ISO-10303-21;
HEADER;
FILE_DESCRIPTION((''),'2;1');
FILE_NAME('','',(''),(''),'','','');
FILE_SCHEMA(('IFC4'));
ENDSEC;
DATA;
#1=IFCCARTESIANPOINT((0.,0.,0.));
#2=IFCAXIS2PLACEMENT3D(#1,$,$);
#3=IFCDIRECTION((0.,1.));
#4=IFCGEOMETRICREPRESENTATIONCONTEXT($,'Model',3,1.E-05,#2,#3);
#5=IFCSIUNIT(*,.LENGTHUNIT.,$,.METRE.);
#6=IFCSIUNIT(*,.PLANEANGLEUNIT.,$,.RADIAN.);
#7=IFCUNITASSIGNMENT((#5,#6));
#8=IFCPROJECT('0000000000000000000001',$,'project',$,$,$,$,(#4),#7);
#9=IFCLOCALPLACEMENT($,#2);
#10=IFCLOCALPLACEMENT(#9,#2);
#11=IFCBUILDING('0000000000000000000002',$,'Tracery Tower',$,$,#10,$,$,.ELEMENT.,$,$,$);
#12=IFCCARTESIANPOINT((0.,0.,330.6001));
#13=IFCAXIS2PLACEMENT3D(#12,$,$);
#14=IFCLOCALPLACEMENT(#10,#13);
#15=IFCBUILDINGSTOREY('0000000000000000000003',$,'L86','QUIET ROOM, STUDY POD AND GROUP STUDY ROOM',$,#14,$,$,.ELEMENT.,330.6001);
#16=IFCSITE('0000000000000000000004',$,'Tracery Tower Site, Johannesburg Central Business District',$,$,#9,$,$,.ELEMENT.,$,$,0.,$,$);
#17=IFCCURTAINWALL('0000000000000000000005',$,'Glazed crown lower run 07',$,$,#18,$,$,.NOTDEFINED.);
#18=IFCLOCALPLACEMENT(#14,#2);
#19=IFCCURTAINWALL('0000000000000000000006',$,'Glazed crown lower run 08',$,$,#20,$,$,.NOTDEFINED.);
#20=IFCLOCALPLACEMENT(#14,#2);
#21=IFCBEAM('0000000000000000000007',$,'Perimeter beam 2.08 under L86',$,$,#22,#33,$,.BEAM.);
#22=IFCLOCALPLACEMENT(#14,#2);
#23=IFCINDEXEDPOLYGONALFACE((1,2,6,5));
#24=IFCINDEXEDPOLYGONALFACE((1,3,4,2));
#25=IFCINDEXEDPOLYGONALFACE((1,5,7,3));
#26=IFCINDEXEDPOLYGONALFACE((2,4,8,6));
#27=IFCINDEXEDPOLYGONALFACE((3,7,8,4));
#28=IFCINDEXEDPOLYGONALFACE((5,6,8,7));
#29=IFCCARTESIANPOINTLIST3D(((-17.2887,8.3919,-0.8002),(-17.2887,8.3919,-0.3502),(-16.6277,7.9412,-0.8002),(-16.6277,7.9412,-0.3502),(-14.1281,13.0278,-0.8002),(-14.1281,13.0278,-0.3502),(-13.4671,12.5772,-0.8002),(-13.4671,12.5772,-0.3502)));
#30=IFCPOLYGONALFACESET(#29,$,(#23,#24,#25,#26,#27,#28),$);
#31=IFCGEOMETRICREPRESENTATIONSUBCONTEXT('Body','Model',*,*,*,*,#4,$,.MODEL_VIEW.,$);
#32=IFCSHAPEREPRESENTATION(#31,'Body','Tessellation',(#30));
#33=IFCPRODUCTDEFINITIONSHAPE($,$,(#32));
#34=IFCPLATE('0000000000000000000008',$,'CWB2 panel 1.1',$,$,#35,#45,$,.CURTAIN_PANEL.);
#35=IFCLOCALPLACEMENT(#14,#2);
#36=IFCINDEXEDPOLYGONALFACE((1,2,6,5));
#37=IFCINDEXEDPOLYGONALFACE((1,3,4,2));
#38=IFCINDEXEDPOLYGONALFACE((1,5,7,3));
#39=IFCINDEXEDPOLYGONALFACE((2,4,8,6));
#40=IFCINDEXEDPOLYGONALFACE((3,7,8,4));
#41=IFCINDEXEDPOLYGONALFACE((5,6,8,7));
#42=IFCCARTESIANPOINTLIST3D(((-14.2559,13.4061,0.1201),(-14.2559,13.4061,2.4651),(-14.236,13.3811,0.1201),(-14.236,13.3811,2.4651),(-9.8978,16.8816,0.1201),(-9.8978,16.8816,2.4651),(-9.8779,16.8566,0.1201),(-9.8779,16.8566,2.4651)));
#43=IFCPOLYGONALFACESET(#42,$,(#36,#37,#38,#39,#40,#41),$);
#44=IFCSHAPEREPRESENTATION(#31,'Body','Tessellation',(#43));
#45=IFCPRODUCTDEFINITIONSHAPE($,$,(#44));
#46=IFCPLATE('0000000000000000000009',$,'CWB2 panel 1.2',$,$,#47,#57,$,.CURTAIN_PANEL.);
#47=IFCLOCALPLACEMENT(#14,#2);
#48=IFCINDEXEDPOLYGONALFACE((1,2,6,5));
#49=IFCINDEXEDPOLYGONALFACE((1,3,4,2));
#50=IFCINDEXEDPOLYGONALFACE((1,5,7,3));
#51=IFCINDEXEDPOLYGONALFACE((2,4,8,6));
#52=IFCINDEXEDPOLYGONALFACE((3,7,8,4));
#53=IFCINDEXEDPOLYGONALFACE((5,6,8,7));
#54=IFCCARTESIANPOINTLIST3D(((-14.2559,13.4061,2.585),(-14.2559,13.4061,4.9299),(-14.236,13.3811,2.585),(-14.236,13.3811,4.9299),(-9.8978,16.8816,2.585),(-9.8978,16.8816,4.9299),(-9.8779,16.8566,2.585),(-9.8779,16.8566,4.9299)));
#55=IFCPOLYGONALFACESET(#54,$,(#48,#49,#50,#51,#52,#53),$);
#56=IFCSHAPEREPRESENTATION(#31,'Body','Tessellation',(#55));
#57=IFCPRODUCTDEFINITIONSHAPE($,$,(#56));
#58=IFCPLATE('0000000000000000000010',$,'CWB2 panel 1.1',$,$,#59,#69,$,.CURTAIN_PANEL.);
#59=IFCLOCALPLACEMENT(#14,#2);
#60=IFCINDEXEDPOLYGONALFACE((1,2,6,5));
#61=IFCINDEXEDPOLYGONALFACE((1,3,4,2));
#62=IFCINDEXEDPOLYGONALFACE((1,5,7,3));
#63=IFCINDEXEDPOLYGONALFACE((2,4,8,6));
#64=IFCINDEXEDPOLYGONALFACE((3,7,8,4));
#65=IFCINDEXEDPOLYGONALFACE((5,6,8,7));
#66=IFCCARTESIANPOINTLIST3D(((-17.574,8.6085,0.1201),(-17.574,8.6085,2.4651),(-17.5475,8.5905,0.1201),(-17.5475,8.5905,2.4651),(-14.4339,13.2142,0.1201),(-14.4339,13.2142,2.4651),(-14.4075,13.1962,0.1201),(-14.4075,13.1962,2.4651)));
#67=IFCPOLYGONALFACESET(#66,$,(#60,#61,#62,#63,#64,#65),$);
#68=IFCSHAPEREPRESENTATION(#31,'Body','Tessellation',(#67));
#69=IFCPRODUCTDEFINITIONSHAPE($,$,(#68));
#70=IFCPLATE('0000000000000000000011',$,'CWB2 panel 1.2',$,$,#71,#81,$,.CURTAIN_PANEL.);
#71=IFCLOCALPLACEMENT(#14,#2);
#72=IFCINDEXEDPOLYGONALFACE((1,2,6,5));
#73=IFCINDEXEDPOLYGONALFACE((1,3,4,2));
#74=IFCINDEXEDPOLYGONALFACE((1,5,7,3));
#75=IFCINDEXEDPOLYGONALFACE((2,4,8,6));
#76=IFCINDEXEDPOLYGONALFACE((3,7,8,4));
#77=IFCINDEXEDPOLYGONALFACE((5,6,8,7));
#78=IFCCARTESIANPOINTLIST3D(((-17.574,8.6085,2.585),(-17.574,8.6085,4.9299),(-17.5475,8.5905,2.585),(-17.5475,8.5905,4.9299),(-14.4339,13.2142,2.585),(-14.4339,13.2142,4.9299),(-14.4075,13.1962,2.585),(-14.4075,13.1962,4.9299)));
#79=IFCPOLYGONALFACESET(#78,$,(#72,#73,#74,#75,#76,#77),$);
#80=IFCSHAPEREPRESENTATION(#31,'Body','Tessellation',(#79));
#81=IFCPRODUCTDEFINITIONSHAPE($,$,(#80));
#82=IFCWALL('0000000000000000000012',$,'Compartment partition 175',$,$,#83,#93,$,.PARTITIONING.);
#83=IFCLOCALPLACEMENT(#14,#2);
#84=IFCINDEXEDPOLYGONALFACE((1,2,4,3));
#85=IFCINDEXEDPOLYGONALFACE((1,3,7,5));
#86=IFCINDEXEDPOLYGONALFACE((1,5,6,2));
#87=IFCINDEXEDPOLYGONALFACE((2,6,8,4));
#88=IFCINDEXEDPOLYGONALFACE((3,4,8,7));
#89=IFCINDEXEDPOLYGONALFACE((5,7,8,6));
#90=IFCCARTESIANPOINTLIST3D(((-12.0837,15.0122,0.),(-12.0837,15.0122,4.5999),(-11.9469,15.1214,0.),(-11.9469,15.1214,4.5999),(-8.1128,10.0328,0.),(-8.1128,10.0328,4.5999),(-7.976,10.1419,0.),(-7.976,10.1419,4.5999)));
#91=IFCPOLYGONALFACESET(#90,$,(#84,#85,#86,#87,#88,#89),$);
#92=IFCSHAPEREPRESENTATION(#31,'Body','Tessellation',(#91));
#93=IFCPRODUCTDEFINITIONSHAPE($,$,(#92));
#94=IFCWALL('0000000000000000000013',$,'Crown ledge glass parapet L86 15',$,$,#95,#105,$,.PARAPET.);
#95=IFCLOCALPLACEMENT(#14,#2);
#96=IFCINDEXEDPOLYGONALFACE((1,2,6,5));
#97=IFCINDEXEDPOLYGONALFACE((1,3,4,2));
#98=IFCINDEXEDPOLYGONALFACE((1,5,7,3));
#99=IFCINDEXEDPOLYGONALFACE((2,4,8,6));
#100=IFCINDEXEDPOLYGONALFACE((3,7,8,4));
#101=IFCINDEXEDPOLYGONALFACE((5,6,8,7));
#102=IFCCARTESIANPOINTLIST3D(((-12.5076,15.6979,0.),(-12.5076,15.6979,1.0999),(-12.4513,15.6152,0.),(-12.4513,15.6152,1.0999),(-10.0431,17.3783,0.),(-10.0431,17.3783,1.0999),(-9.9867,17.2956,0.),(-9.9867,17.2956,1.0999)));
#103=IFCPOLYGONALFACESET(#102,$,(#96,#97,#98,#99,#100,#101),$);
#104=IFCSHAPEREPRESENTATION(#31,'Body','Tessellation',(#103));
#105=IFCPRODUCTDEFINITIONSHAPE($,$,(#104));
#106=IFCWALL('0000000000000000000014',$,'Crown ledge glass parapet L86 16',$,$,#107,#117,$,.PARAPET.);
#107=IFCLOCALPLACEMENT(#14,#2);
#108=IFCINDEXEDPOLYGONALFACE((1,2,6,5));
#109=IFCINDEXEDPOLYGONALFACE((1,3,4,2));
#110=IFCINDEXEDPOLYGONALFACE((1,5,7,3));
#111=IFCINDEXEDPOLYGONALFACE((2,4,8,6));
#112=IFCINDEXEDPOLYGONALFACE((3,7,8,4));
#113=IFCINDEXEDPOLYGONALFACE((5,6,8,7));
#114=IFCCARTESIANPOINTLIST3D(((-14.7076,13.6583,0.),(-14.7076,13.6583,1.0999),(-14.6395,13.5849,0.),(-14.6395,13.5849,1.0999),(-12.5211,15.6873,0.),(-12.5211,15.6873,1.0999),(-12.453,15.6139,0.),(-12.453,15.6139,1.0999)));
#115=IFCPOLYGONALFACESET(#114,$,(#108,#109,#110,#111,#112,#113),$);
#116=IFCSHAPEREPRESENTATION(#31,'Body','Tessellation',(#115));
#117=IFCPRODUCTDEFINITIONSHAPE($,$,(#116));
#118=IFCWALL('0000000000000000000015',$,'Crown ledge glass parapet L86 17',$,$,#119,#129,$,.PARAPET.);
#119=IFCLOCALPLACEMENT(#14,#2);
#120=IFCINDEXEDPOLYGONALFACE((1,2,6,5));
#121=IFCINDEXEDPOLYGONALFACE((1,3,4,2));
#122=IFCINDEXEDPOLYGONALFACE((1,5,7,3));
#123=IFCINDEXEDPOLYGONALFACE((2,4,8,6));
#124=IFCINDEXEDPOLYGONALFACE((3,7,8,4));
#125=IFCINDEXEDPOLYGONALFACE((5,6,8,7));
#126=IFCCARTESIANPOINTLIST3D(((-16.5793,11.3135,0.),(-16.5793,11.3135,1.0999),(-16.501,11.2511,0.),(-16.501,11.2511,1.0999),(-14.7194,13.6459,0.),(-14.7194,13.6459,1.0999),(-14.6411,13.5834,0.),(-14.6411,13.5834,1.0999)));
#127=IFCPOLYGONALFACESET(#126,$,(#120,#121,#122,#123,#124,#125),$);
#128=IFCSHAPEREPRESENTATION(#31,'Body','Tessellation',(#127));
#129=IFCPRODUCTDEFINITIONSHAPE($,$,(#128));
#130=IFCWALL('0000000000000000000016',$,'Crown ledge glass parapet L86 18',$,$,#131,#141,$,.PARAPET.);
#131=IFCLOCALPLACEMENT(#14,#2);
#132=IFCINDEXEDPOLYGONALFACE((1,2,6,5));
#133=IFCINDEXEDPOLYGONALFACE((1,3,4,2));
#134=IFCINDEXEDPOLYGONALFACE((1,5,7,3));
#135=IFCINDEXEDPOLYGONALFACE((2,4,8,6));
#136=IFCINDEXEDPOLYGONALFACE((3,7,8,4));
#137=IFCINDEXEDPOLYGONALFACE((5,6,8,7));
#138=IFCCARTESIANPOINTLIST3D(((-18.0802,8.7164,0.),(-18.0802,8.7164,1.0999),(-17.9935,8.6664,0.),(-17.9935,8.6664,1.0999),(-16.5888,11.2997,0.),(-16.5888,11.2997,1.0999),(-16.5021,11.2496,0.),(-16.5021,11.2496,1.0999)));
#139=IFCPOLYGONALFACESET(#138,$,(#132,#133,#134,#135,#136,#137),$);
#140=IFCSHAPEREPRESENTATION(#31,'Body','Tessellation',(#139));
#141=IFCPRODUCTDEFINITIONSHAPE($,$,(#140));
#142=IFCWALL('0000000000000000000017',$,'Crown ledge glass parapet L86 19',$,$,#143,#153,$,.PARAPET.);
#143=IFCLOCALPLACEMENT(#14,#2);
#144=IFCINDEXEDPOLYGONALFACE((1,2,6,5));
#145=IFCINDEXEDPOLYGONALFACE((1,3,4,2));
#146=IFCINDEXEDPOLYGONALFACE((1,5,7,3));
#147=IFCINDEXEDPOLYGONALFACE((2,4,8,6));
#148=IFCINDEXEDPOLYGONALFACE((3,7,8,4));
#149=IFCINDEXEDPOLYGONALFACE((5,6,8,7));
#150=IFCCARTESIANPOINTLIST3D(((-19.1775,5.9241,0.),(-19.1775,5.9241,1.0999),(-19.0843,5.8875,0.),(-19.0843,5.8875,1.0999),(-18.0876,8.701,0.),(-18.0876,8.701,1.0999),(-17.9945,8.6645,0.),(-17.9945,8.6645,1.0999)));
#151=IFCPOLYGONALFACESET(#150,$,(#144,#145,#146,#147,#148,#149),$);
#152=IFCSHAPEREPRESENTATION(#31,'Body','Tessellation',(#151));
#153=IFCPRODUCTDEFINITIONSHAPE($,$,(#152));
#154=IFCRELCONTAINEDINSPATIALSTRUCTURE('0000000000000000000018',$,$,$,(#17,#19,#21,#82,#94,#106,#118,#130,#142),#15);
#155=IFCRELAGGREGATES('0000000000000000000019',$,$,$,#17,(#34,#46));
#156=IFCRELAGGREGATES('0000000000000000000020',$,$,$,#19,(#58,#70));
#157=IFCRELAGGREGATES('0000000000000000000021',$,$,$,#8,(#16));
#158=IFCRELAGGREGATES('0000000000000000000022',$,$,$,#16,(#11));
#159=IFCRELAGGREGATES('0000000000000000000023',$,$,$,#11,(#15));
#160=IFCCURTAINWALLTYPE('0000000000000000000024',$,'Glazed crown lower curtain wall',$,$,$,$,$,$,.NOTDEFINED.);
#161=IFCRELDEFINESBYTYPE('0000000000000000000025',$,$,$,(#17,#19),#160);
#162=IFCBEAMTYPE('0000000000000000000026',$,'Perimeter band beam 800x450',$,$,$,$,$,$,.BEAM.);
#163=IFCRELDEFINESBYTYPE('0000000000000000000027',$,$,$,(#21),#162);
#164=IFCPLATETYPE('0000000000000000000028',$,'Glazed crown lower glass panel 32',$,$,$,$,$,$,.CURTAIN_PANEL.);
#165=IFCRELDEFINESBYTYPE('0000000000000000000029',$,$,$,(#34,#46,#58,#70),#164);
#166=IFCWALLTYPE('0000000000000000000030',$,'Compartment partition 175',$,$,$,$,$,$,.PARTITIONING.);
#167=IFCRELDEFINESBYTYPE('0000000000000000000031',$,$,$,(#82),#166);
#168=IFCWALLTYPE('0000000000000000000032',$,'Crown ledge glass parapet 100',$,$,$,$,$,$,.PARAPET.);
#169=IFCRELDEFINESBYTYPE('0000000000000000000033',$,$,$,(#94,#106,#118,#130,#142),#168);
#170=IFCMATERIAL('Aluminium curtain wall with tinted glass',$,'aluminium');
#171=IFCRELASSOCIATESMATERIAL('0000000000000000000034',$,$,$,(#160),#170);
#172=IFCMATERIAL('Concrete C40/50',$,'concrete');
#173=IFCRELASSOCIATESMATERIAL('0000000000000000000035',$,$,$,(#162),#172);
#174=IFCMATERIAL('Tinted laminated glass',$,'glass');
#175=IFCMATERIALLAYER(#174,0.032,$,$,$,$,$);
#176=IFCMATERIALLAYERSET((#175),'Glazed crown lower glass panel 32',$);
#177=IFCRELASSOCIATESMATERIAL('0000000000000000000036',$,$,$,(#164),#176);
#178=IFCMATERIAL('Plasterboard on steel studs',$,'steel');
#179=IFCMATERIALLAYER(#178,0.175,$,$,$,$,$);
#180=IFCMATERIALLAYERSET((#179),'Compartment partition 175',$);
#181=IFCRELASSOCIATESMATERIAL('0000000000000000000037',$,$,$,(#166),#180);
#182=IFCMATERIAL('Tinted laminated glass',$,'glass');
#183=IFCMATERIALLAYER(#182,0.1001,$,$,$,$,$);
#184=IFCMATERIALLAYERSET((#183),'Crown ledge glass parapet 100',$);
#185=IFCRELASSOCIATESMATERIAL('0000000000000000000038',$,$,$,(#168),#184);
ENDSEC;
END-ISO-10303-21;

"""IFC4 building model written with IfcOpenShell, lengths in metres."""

from ifc_helpers import new_model, si_unit, direction, frame, frame_2d, origin, origin_2d, place, context, subcontext, project, spatial, rectangle, extrude, material, layer, layer_set, material_profile, profile_set, type_object, element, aggregate, save


model = new_model("IFC4")

# Units and contexts
model_context = context("Model", 3, precision=1e-05, world=origin(), true_north=direction((0.0, 1.0)))
body_context = subcontext(model_context, "Body", "Model", "MODEL_VIEW")
ifc_project = project(units=[si_unit("LENGTHUNIT", "METRE"), si_unit("PLANEANGLEUNIT", "RADIAN")], contexts=[model_context])

# Site, building, storey
site_placement = place(None, origin())
site = spatial("IfcSite", under=ifc_project, at=site_placement, Name="Tracery Tower Site, Johannesburg Central Business District", CompositionType="ELEMENT", RefElevation=0.0)
building_placement = place(site_placement, origin())
building = spatial("IfcBuilding", under=site, at=building_placement, Name="Tracery Tower", CompositionType="ELEMENT")
storey_placement = place(building_placement, frame((0.0, 0.0, 330.6001)))
storey = spatial("IfcBuildingStorey", under=building, at=storey_placement, Name="L86", Description="QUIET ROOM, STUDY POD AND GROUP STUDY ROOM", CompositionType="ELEMENT", Elevation=330.6001)

# Curtain walls
ifc_material_1 = material(Name="Aluminium curtain wall with tinted glass", Category="aluminium")
curtain_wall_type = type_object("IfcCurtainWallType", Name="Glazed crown lower curtain wall", PredefinedType="NOTDEFINED", material=ifc_material_1)
curtain_wall_1_placement = place(storey_placement, origin())
curtain_wall_1 = element("IfcCurtainWall", 1, at=curtain_wall_1_placement, inside=storey, type_object=curtain_wall_type, Name="Glazed crown lower run 07", PredefinedType="NOTDEFINED")
curtain_wall_2_placement = place(storey_placement, origin())
curtain_wall_2 = element("IfcCurtainWall", 2, at=curtain_wall_2_placement, inside=storey, type_object=curtain_wall_type, Name="Glazed crown lower run 08", PredefinedType="NOTDEFINED")

# Beam
ifc_material_2 = material(Name="Concrete C40/50", Category="concrete")
ifc_material_profile_1 = material_profile(ifc_material_2, rectangle(XDim=0.8, YDim=0.45, at=origin_2d()), Name="RC 800x450")
ifc_profile_set_1 = profile_set([ifc_material_profile_1], Name="Concrete C40/50")
beam_type = type_object("IfcBeamType", Name="Perimeter band beam 800x450", PredefinedType="BEAM", material=ifc_profile_set_1)
beam_placement = place(storey_placement, frame((-13.7976, 12.8025, -0.5752), z_axis=(-0.563306, -0.826249, 0.0), x_axis=(0.826249, -0.563306, 0.0)))
element("IfcBeam", 3, at=beam_placement, inside=storey, type_object=beam_type, Name="Perimeter beam 2.08 under L86", PredefinedType="BEAM", context=body_context, shape_type="SweptSolid", body=[
    extrude(rectangle(XDim=0.8, YDim=0.45, at=origin_2d()), origin(), (0.0, 0.0, 1.0), 5.6108),
])

# Plates
ifc_material_3 = material(Name="Tinted laminated glass", Category="glass")
ifc_layer_1 = layer(ifc_material_3, 0.032)
ifc_layer_set_1 = layer_set([ifc_layer_1], Name="Glazed crown lower glass panel 32")
plate_type = type_object("IfcPlateType", Name="Glazed crown lower glass panel 32", PredefinedType="CURTAIN_PANEL", material=ifc_layer_set_1)
plate_1_placement = place(storey_placement, frame((-12.0669, 15.1313, 0.1201), z_axis=(0.0, 0.0, 1.0), x_axis=(-0.781829, -0.623493, 0.0)))
plate_1 = element("IfcPlate", 4, at=plate_1_placement, type_object=plate_type, Name="CWB2 panel 1.1", PredefinedType="CURTAIN_PANEL", context=body_context, shape_type="SweptSolid", body=[
    extrude(rectangle(XDim=5.5742, YDim=0.032, at=origin_2d()), origin(), (0.0, 0.0, 1.0), 2.345),
])
plate_2_placement = place(storey_placement, frame((-12.0669, 15.1313, 2.585), z_axis=(0.0, 0.0, 1.0), x_axis=(-0.781829, -0.623493, 0.0)))
plate_2 = element("IfcPlate", 5, at=plate_2_placement, type_object=plate_type, Name="CWB2 panel 1.2", PredefinedType="CURTAIN_PANEL", context=body_context, shape_type="SweptSolid", body=[
    extrude(rectangle(XDim=5.5742, YDim=0.032, at=origin_2d()), origin(), (0.0, 0.0, 1.0), 2.345),
])
aggregate(curtain_wall_1, [plate_1, plate_2])
plate_3_placement = place(storey_placement, frame((-15.9907, 10.9023, 0.1201), z_axis=(0.0, 0.0, 1.0), x_axis=(-0.563317, -0.826241, 0.0)))
plate_3 = element("IfcPlate", 6, at=plate_3_placement, type_object=plate_type, Name="CWB2 panel 1.1", PredefinedType="CURTAIN_PANEL", context=body_context, shape_type="SweptSolid", body=[
    extrude(rectangle(XDim=5.5742, YDim=0.032, at=origin_2d()), origin(), (0.0, 0.0, 1.0), 2.345),
])
plate_4_placement = place(storey_placement, frame((-15.9907, 10.9023, 2.585), z_axis=(0.0, 0.0, 1.0), x_axis=(-0.563317, -0.826241, 0.0)))
plate_4 = element("IfcPlate", 7, at=plate_4_placement, type_object=plate_type, Name="CWB2 panel 1.2", PredefinedType="CURTAIN_PANEL", context=body_context, shape_type="SweptSolid", body=[
    extrude(rectangle(XDim=5.5742, YDim=0.032, at=origin_2d()), origin(), (0.0, 0.0, 1.0), 2.345),
])
aggregate(curtain_wall_2, [plate_3, plate_4])

# Walls
ifc_material_4 = material(Name="Plasterboard on steel studs", Category="steel")
ifc_layer_2 = layer(ifc_material_4, 0.175)
ifc_layer_set_2 = layer_set([ifc_layer_2], Name="Compartment partition 175")
wall_type_1 = type_object("IfcWallType", Name="Compartment partition 175", PredefinedType="PARTITIONING", material=ifc_layer_set_2)
wall_1_placement = place(storey_placement, frame((-12.0154, 15.0669, 0.0), z_axis=(0.0, 0.0, 1.0), x_axis=(0.623484, -0.781836, 0.0)))
element("IfcWall", 8, at=wall_1_placement, inside=storey, type_object=wall_type_1, Name="Compartment partition 175", PredefinedType="PARTITIONING", context=body_context, shape_type="SweptSolid", body=[
    extrude(rectangle(XDim=6.3689, YDim=0.175, at=frame_2d((3.1846, 0.0))), origin(), (0.0, 0.0, 1.0), 4.5999),
])
ifc_material_5 = material(Name="Tinted laminated glass", Category="glass")
ifc_layer_3 = layer(ifc_material_5, 0.1001)
ifc_layer_set_3 = layer_set([ifc_layer_3], Name="Crown ledge glass parapet 100")
wall_type_2 = type_object("IfcWallType", Name="Crown ledge glass parapet 100", PredefinedType="PARAPET", material=ifc_layer_set_3)
for number, where, z_axis, x_axis, name in (
    (9, (-10.0149, 17.3369, 0.0), (0.0, 0.0, 1.0), (-0.826226, -0.563339, 0.0), "Crown ledge glass parapet L86 15"),
    (10, (-12.4871, 15.6506, 0.0), (0.0, 0.0, 1.0), (-0.733009, -0.680219, 0.0), "Crown ledge glass parapet L86 16"),
):
    element("IfcWall", number, at=place(storey_placement, frame(where, z_axis=z_axis, x_axis=x_axis)), inside=storey, type_object=wall_type_2, Name=name, PredefinedType="PARAPET", context=body_context, shape_type="SweptSolid", body=[
        extrude(rectangle(XDim=2.9829, YDim=0.1001, at=frame_2d((1.4915, 0.0))), origin(), (0.0, 0.0, 1.0), 1.0999),
    ])
wall_2_placement = place(storey_placement, frame((-14.6802, 13.6147, 0.0), z_axis=(0.0, 0.0, 1.0), x_axis=(-0.623477, -0.781842, 0.0)))
element("IfcWall", 11, at=wall_2_placement, inside=storey, type_object=wall_type_2, Name="Crown ledge glass parapet L86 17", PredefinedType="PARAPET", context=body_context, shape_type="SweptSolid", body=[
    extrude(rectangle(XDim=2.9832, YDim=0.1001, at=frame_2d((1.4917, 0.0))), origin(), (0.0, 0.0, 1.0), 1.0999),
])
wall_3_placement = place(storey_placement, frame((-16.5454, 11.2747, 0.0), z_axis=(0.0, 0.0, 1.0), x_axis=(-0.500003, -0.866023, 0.0)))
element("IfcWall", 12, at=wall_3_placement, inside=storey, type_object=wall_type_2, Name="Crown ledge glass parapet L86 18", PredefinedType="PARAPET", context=body_context, shape_type="SweptSolid", body=[
    extrude(rectangle(XDim=2.9829, YDim=0.1001, at=frame_2d((1.4915, 0.0))), origin(), (0.0, 0.0, 1.0), 1.0999),
])
wall_4_placement = place(storey_placement, frame((-18.041, 8.6829, 0.0), z_axis=(0.0, 0.0, 1.0), x_axis=(-0.365343, -0.930873, 0.0)))
element("IfcWall", 13, at=wall_4_placement, inside=storey, type_object=wall_type_2, Name="Crown ledge glass parapet L86 19", PredefinedType="PARAPET", context=body_context, shape_type="SweptSolid", body=[
    extrude(rectangle(XDim=2.9832, YDim=0.1001, at=frame_2d((1.4917, 0.0))), origin(), (0.0, 0.0, 1.0), 1.0999),
])

save(model, "model.ifc")
